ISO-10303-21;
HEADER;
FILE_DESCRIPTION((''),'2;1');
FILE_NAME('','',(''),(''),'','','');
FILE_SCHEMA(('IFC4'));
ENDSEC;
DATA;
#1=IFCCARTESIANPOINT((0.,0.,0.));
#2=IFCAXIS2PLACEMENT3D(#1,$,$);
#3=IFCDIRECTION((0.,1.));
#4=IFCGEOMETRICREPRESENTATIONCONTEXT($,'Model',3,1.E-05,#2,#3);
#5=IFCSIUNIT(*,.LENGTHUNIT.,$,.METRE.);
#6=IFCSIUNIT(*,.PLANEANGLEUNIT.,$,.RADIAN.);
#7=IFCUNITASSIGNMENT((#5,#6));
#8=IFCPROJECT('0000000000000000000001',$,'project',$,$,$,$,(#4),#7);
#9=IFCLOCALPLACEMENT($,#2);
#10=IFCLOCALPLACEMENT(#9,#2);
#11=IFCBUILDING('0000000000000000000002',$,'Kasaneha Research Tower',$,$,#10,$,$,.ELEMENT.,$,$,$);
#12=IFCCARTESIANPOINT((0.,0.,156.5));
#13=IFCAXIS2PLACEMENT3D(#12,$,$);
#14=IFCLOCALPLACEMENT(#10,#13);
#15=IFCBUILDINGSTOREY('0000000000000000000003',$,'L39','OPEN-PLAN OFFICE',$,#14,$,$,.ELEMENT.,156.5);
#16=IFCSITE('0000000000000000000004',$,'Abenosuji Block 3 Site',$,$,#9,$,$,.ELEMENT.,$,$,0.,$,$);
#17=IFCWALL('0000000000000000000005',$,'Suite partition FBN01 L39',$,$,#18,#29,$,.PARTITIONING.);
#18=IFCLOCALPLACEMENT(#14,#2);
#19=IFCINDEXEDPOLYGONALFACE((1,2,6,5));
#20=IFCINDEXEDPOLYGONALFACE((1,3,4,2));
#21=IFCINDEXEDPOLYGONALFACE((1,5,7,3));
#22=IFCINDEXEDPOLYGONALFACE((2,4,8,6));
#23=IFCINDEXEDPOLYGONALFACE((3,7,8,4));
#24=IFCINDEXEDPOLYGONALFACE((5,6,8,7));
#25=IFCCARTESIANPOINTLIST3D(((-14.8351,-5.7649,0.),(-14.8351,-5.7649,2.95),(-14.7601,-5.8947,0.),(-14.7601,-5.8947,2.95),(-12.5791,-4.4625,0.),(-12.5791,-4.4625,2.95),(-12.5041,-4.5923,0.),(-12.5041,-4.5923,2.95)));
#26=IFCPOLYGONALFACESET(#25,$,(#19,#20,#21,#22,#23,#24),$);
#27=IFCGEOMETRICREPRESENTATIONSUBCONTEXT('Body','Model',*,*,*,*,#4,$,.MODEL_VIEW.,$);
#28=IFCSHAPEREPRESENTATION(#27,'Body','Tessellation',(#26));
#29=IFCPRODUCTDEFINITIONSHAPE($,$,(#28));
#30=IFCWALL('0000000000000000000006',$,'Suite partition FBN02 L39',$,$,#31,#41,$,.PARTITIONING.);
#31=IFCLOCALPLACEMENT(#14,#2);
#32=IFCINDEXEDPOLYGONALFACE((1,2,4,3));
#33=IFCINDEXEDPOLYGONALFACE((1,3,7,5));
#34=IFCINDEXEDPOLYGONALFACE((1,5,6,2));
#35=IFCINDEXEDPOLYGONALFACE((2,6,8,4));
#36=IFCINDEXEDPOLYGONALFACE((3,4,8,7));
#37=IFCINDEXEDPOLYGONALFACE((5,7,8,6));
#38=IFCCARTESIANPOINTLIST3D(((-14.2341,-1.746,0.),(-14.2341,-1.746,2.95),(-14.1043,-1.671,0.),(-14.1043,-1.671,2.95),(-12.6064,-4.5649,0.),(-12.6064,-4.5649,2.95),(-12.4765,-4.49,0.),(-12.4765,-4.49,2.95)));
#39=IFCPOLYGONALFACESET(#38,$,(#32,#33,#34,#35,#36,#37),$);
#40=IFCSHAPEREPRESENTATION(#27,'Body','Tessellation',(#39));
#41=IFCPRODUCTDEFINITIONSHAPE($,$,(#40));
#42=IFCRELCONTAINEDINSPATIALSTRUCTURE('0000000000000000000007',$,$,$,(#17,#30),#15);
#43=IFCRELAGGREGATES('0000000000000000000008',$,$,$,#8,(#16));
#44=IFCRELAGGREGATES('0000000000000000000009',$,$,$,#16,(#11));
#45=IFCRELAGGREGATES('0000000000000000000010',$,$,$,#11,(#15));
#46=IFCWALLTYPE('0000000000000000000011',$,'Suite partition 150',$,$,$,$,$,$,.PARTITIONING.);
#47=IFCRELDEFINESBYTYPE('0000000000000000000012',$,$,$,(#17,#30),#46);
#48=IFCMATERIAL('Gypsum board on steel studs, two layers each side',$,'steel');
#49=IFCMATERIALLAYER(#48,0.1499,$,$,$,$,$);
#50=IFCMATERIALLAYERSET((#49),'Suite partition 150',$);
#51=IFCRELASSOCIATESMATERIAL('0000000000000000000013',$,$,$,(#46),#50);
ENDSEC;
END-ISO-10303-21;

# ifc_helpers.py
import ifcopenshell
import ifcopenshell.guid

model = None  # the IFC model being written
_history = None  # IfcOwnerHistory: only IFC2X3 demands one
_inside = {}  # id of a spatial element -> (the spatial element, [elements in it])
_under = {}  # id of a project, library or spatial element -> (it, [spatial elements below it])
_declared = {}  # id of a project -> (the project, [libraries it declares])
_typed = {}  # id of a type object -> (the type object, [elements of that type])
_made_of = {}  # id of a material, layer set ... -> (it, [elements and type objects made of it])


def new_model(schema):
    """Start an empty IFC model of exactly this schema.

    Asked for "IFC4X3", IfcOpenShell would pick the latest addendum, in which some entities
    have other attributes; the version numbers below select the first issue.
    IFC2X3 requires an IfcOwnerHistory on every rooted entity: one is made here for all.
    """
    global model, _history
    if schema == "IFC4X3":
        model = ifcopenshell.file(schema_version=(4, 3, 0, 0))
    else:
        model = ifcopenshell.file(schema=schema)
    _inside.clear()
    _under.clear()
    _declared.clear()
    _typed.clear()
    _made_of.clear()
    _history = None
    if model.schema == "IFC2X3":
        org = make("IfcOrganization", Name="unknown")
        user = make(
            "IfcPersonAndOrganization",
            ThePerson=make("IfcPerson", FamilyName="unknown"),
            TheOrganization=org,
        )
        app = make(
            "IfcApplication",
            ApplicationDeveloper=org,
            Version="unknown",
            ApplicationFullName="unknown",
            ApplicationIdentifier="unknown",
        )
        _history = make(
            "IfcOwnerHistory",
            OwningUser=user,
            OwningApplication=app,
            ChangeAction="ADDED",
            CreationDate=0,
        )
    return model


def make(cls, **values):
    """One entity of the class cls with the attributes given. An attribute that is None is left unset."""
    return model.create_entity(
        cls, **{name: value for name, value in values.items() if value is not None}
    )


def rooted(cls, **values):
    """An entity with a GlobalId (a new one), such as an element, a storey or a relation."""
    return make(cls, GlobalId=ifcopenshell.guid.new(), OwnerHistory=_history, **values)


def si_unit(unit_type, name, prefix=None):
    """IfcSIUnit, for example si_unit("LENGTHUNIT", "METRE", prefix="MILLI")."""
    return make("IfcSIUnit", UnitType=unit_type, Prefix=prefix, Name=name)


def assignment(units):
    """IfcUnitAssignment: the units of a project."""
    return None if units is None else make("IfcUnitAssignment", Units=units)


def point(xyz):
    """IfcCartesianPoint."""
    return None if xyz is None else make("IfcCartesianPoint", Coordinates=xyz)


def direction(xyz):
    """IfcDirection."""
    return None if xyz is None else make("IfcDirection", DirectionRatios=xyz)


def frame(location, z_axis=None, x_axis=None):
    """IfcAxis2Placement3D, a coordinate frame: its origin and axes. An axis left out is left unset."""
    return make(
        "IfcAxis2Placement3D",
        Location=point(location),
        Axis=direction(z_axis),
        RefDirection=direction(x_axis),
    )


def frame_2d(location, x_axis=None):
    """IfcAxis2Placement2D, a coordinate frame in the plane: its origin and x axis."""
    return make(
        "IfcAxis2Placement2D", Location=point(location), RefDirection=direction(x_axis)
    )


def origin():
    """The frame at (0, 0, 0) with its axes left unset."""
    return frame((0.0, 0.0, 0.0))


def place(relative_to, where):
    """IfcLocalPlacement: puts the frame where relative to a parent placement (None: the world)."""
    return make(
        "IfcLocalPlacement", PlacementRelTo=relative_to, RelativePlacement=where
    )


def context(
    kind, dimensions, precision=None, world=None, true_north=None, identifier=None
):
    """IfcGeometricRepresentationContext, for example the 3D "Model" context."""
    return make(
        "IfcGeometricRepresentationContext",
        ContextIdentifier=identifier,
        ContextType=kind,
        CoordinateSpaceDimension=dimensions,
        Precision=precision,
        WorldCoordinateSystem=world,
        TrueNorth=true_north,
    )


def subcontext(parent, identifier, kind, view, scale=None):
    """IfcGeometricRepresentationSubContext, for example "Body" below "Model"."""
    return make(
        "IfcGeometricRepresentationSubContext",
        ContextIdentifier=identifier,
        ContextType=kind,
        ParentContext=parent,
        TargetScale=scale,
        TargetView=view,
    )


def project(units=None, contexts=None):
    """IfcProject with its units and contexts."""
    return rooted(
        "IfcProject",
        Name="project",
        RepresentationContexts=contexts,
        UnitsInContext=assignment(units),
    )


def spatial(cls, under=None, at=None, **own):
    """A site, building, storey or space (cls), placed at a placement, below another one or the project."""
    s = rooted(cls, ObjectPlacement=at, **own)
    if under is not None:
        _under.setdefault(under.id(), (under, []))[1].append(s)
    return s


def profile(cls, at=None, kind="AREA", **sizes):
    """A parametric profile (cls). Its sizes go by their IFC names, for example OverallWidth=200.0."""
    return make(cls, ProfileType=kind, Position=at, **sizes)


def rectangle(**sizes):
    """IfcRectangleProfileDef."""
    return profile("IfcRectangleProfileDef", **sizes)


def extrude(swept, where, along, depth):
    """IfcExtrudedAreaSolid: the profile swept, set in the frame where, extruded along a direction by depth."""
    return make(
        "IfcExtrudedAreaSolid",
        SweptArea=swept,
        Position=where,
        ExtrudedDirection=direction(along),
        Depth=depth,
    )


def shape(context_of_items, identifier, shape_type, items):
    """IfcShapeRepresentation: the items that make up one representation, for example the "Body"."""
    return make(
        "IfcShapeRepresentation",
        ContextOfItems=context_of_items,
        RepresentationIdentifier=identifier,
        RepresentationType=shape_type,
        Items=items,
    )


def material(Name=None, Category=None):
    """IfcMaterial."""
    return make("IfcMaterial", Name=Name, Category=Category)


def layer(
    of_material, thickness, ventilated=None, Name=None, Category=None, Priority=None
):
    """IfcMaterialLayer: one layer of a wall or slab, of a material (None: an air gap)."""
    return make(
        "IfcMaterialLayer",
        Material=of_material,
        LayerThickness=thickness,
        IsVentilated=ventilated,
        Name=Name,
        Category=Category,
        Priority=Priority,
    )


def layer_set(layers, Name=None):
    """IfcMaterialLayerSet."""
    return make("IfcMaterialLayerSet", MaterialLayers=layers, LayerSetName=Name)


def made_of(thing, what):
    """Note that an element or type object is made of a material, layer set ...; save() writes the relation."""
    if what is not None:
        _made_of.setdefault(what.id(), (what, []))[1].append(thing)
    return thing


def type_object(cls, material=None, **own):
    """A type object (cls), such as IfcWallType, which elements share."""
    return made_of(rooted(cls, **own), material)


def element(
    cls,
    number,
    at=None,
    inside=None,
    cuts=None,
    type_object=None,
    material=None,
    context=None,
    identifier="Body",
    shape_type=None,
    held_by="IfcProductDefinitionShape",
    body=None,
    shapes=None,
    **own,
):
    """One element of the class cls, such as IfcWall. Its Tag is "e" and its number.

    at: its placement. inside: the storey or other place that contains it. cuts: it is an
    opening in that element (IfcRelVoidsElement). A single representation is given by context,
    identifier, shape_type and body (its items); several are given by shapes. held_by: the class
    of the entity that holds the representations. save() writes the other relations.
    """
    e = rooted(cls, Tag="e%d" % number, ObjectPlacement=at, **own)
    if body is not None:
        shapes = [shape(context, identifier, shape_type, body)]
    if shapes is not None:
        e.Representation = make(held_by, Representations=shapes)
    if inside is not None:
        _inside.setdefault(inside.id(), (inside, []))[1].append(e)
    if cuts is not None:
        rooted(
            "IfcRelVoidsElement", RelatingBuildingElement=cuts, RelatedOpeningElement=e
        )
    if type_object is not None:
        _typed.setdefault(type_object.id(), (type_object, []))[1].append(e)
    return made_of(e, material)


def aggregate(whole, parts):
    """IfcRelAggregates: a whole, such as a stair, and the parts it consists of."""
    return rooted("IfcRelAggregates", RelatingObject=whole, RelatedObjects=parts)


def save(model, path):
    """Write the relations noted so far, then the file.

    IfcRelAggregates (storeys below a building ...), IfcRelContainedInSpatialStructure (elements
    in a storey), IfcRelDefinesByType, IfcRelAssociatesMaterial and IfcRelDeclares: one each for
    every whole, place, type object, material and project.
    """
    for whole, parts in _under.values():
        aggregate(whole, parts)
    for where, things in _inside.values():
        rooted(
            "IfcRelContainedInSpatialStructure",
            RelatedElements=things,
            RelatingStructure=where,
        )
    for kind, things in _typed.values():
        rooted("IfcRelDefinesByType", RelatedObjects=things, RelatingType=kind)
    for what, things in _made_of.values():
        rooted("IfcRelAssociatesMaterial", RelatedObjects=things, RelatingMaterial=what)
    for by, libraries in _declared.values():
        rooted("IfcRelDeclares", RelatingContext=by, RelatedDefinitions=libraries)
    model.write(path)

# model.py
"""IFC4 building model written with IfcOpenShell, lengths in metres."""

from ifc_helpers import new_model, si_unit, direction, frame, frame_2d, origin, place, context, subcontext, project, spatial, rectangle, extrude, material, layer, layer_set, type_object, element, save


model = new_model("IFC4")

# Units and contexts
model_context = context("Model", 3, precision=1e-05, world=origin(), true_north=direction((0.0, 1.0)))
body_context = subcontext(model_context, "Body", "Model", "MODEL_VIEW")
ifc_project = project(units=[si_unit("LENGTHUNIT", "METRE"), si_unit("PLANEANGLEUNIT", "RADIAN")], contexts=[model_context])

# Site, building, storey
site_placement = place(None, origin())
site = spatial("IfcSite", under=ifc_project, at=site_placement, Name="Abenosuji Block 3 Site", CompositionType="ELEMENT", RefElevation=0.0)
building_placement = place(site_placement, origin())
building = spatial("IfcBuilding", under=site, at=building_placement, Name="Kasaneha Research Tower", CompositionType="ELEMENT")
storey_placement = place(building_placement, frame((0.0, 0.0, 156.5)))
storey = spatial("IfcBuildingStorey", under=building, at=storey_placement, Name="L39", Description="OPEN-PLAN OFFICE", CompositionType="ELEMENT", Elevation=156.5)

# Walls
ifc_material_1 = material(Name="Gypsum board on steel studs, two layers each side", Category="steel")
ifc_layer_1 = layer(ifc_material_1, 0.1499)
ifc_layer_set_1 = layer_set([ifc_layer_1], Name="Suite partition 150")
wall_type_1 = type_object("IfcWallType", Name="Suite partition 150", PredefinedType="PARTITIONING", material=ifc_layer_set_1)
wall_1_placement = place(storey_placement, frame((-14.7976, -5.8298, 0.0), z_axis=(0.0, 0.0, 1.0), x_axis=(0.866037, 0.499979, 0.0)))
element("IfcWall", 1, at=wall_1_placement, inside=storey, type_object=wall_type_1, Name="Suite partition FBN01 L39", PredefinedType="PARTITIONING", context=body_context, shape_type="SweptSolid", body=[
    extrude(rectangle(XDim=2.605, YDim=0.1499, at=frame_2d((1.3025, 0.0))), origin(), (0.0, 0.0, 1.0), 2.95),
])
wall_2_placement = place(storey_placement, frame((-12.5415, -4.5273, 0.0), z_axis=(0.0, 0.0, 1.0), x_axis=(-0.500051, 0.865996, 0.0)))
element("IfcWall", 2, at=wall_2_placement, inside=storey, type_object=wall_type_1, Name="Suite partition FBN02 L39", PredefinedType="PARTITIONING", context=body_context, shape_type="SweptSolid", body=[
    extrude(rectangle(XDim=3.2551, YDim=0.1499, at=frame_2d((1.6274, 0.0))), origin(), (0.0, 0.0, 1.0), 2.95),
])

save(model, "model.ifc")
